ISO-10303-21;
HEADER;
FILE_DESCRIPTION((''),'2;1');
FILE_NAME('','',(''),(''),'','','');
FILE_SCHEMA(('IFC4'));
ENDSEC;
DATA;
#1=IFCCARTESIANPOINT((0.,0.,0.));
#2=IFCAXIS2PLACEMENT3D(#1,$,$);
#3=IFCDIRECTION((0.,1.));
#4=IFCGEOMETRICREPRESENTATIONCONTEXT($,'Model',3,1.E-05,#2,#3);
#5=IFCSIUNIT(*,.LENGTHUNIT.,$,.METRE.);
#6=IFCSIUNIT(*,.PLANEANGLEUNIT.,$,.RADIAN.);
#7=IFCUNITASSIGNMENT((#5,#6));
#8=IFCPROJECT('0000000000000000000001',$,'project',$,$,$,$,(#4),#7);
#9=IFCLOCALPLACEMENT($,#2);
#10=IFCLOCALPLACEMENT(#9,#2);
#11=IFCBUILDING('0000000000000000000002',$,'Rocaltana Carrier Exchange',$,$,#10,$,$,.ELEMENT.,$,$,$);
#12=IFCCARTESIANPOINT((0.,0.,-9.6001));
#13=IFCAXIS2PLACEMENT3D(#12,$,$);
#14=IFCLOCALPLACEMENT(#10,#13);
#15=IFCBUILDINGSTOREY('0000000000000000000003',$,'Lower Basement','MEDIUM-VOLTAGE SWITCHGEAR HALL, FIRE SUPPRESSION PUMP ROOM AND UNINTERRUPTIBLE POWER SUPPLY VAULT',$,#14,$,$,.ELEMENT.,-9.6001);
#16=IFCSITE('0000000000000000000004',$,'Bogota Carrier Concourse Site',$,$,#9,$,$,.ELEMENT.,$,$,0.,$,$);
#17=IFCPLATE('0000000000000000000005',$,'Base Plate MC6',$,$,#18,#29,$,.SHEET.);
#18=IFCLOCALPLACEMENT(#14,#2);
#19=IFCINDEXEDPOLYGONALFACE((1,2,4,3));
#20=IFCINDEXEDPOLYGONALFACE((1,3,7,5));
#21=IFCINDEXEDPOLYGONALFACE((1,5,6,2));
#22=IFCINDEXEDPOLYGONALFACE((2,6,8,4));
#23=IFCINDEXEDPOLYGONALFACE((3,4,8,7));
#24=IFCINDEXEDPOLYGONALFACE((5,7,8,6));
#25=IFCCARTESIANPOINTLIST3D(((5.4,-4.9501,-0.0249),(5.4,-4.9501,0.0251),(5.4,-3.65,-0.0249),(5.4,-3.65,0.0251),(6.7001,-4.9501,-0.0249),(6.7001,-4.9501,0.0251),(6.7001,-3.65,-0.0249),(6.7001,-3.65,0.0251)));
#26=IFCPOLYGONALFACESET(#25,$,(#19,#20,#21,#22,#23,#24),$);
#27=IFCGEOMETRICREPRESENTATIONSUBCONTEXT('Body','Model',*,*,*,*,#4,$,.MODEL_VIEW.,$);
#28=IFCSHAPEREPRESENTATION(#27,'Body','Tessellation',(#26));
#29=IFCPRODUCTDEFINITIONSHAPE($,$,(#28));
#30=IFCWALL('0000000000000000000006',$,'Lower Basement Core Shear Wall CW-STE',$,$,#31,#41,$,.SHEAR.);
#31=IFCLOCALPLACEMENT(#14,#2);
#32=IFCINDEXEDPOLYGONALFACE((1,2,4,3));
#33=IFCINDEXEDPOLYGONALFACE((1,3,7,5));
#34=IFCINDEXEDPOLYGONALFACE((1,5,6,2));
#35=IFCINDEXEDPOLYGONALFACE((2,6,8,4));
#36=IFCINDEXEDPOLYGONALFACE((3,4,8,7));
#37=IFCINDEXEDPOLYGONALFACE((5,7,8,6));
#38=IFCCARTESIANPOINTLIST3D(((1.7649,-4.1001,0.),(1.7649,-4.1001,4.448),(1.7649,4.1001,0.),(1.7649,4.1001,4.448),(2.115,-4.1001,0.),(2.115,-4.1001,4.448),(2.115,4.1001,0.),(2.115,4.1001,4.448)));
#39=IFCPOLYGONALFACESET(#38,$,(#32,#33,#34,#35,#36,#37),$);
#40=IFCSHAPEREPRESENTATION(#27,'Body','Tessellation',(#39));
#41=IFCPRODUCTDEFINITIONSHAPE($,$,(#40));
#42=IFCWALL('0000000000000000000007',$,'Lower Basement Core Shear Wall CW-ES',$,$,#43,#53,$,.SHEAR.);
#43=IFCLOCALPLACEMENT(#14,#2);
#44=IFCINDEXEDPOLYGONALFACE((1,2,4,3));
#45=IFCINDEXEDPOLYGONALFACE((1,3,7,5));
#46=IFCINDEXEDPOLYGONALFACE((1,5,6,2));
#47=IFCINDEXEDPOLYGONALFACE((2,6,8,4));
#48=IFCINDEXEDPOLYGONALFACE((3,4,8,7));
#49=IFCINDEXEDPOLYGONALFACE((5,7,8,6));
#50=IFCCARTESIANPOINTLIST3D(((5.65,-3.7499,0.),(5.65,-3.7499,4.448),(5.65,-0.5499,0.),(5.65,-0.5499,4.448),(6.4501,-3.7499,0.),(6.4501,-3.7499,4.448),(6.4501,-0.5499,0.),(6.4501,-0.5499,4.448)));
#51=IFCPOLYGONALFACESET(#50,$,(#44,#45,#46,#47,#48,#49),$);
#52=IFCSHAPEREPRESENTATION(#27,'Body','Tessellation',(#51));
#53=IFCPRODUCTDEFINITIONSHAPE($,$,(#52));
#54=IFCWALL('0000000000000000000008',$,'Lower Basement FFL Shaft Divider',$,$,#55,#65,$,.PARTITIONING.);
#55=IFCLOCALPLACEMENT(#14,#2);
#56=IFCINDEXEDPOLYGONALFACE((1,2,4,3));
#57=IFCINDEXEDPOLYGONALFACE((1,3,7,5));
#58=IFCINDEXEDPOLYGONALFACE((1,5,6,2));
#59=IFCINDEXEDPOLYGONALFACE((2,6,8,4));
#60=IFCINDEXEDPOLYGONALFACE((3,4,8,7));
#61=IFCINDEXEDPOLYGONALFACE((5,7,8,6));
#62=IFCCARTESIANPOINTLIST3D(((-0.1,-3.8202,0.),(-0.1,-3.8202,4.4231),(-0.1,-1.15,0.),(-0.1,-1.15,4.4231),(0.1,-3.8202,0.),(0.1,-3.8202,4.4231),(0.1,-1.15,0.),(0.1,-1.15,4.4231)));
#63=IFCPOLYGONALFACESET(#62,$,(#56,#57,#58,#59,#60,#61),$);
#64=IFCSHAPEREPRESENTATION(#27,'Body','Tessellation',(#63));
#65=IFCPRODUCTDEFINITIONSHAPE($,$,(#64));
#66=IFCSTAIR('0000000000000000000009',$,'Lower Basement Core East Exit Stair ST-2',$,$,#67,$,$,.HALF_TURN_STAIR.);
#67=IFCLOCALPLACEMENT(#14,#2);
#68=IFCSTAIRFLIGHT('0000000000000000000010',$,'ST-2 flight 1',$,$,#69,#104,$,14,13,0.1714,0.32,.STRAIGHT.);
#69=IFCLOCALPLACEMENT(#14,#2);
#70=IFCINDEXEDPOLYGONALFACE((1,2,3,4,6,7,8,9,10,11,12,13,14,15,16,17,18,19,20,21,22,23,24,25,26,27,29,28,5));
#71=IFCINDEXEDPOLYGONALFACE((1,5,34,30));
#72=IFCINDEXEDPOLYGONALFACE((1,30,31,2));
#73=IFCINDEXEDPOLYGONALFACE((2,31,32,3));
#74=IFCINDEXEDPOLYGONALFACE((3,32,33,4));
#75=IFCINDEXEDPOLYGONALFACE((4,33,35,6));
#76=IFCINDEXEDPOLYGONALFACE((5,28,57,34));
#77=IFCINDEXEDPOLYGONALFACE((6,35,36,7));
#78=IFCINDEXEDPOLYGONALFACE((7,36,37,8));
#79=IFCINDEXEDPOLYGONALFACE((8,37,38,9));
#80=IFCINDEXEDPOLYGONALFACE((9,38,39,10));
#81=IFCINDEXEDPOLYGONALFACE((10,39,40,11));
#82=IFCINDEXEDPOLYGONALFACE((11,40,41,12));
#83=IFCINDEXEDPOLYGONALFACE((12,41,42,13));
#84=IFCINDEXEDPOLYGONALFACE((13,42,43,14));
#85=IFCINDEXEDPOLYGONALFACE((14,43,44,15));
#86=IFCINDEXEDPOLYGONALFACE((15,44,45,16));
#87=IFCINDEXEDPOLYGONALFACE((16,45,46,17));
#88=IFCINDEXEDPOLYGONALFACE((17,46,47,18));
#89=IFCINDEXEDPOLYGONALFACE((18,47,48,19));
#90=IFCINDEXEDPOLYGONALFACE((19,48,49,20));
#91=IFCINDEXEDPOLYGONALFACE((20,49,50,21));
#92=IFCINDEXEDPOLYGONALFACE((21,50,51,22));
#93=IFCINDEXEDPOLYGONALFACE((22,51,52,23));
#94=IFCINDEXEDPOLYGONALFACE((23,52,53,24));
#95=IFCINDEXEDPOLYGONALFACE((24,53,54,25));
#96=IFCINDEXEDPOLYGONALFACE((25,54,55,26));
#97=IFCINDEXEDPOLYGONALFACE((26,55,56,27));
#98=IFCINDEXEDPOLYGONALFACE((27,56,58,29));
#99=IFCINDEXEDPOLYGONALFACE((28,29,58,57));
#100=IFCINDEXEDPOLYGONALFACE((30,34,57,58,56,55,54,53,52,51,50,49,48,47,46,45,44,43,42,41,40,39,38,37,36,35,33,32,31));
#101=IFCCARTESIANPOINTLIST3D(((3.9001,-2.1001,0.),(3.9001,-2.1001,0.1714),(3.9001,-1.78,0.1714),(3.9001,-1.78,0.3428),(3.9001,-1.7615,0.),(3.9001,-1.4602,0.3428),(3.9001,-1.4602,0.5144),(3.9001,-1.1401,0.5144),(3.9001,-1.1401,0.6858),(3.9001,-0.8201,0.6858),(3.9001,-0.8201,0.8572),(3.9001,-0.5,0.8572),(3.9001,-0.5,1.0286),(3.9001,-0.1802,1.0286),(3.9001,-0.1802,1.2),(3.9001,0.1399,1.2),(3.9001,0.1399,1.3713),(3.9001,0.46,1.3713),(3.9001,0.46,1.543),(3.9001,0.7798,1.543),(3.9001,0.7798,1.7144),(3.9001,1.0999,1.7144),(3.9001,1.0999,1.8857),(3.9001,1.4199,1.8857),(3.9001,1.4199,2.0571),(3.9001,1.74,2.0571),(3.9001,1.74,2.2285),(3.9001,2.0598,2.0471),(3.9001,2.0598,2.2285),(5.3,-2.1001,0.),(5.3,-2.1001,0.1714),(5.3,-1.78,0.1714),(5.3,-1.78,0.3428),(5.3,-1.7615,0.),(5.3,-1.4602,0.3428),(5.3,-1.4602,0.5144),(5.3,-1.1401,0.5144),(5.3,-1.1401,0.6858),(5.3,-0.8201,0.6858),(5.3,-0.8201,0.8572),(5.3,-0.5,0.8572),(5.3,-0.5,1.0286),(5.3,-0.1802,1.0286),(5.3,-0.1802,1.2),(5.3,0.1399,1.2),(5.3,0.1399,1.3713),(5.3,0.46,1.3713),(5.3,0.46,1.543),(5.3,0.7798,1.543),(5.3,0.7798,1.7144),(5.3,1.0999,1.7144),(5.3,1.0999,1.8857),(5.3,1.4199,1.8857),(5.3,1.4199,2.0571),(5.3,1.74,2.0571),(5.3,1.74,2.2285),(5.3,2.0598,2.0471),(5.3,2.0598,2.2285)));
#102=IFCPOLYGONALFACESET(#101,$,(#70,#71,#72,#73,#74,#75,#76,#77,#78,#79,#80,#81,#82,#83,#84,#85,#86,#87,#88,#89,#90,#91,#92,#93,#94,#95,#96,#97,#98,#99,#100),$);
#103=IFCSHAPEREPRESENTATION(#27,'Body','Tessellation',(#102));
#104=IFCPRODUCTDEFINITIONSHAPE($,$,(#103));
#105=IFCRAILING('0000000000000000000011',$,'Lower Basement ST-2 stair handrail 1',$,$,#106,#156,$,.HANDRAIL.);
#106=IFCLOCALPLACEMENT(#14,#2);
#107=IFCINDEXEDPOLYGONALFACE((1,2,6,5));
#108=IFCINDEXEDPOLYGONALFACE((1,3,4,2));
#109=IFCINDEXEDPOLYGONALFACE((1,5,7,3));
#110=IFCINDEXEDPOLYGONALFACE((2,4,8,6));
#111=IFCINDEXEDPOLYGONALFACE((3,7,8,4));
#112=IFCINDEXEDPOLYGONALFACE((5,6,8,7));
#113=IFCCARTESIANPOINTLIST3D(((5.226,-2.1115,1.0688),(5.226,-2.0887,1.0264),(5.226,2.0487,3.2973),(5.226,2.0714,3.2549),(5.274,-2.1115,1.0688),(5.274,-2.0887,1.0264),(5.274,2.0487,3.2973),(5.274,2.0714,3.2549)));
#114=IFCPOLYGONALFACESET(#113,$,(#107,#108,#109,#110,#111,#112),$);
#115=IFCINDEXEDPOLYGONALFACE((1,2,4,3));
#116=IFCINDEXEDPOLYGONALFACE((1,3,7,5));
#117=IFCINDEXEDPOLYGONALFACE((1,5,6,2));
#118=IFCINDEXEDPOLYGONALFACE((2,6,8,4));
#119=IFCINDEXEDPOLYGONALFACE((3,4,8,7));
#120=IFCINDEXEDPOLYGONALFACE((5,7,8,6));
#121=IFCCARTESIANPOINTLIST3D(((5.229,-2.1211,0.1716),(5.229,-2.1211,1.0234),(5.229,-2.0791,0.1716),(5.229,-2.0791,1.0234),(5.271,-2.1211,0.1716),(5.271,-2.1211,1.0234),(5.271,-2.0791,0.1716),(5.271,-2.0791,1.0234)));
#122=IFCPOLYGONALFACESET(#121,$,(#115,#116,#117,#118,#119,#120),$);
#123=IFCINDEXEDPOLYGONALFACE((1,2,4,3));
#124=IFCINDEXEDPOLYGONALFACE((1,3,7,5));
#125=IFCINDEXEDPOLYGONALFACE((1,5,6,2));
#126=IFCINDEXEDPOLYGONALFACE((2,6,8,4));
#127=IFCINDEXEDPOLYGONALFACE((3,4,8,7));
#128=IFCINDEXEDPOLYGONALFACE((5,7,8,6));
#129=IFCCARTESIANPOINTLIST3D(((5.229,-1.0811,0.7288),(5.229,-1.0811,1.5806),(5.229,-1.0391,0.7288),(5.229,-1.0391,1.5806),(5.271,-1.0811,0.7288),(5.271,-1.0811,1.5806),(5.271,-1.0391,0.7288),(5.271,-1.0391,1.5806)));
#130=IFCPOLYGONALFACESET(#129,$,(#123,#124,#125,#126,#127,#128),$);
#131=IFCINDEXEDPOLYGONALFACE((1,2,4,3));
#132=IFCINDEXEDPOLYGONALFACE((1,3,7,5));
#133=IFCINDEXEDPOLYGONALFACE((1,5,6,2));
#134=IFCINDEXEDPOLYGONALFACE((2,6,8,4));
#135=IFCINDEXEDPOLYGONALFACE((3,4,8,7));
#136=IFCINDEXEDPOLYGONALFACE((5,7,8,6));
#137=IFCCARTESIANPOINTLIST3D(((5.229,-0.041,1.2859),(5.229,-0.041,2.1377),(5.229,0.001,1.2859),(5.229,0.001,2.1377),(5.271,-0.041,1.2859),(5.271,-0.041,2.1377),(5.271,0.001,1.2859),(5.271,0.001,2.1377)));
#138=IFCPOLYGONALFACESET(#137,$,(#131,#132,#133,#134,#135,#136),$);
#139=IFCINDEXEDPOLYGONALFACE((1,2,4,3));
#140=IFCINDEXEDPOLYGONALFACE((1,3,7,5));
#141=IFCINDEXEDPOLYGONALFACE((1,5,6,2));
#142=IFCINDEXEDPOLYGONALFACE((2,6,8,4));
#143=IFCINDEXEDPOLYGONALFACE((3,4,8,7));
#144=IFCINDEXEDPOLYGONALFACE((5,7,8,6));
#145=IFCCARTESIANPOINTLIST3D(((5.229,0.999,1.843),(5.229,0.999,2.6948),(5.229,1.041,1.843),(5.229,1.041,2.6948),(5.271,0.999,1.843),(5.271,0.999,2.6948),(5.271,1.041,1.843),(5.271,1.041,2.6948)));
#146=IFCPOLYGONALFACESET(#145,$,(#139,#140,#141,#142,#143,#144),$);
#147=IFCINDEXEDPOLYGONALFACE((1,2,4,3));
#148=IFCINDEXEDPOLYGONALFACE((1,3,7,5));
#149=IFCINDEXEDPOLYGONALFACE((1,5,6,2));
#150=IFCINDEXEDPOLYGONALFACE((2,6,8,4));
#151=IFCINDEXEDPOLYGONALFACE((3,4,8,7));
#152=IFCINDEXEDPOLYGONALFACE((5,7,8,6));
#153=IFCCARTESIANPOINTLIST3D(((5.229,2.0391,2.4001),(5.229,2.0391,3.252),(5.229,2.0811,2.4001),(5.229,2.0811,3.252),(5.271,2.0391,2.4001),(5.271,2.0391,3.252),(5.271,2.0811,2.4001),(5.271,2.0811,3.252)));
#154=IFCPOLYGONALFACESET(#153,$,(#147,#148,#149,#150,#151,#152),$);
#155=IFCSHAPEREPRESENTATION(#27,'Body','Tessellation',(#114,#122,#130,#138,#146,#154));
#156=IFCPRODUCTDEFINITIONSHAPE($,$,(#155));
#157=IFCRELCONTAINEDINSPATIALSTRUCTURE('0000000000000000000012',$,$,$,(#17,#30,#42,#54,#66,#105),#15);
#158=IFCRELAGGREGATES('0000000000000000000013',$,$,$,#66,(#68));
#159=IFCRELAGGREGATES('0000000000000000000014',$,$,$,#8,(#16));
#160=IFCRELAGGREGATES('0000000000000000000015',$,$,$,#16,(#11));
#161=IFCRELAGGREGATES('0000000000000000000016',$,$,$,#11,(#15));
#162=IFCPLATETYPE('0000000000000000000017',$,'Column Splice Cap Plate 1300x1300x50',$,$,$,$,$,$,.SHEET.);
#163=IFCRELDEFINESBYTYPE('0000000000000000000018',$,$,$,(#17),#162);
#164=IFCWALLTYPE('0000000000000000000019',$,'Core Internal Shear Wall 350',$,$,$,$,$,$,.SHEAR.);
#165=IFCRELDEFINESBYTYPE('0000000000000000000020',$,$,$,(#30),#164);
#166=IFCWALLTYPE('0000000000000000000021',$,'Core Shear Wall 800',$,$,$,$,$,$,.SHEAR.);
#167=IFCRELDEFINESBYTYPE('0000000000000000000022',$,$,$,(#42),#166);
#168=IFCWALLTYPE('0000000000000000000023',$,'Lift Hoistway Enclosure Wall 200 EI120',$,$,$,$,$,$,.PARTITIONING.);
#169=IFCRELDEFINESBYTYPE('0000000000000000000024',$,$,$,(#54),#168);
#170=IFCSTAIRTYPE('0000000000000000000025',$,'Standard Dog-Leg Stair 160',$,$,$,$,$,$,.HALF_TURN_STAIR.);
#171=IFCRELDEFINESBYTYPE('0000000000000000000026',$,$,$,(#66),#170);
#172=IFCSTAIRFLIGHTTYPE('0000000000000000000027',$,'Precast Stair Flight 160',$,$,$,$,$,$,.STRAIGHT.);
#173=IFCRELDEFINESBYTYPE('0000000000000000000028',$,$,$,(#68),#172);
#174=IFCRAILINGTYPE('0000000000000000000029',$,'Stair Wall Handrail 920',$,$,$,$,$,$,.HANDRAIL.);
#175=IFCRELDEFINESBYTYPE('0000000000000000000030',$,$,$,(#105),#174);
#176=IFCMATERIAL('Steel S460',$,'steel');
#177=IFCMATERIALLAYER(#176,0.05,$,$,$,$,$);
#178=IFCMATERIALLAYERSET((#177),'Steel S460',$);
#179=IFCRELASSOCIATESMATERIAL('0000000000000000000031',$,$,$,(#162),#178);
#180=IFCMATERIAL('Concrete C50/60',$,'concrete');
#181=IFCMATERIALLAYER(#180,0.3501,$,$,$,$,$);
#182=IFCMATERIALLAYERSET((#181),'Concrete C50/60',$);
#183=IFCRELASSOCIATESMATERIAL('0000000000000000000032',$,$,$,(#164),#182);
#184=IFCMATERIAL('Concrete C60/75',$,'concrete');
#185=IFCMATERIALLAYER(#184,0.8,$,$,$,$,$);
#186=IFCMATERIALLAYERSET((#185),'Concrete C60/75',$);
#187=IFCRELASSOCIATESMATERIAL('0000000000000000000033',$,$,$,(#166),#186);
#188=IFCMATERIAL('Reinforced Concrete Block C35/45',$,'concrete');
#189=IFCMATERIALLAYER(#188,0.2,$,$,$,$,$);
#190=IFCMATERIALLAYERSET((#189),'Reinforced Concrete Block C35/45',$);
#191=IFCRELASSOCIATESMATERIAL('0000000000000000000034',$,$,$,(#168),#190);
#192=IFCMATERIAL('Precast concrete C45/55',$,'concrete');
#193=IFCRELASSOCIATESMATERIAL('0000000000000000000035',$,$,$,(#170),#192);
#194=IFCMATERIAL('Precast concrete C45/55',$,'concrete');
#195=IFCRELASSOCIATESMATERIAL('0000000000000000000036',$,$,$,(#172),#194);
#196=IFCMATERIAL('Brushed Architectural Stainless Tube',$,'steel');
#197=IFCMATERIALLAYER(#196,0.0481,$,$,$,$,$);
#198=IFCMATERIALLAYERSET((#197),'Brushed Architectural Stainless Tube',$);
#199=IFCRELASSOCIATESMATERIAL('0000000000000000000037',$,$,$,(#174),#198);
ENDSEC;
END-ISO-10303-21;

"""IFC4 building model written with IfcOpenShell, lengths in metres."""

from ifc_helpers import new_model, si_unit, direction, frame, frame_2d, origin, origin_2d, place, context, subcontext, project, spatial, polyline, rectangle, outline, extrude, material, layer, layer_set, type_object, element, aggregate, save


model = new_model("IFC4")

# Units and contexts
model_context = context("Model", 3, precision=1e-05, world=origin(), true_north=direction((0.0, 1.0)))
body_context = subcontext(model_context, "Body", "Model", "MODEL_VIEW")
ifc_project = project(units=[si_unit("LENGTHUNIT", "METRE"), si_unit("PLANEANGLEUNIT", "RADIAN")], contexts=[model_context])

# Site, building, storey
site_placement = place(None, origin())
site = spatial("IfcSite", under=ifc_project, at=site_placement, Name="Bogota Carrier Concourse Site", CompositionType="ELEMENT", RefElevation=0.0)
building_placement = place(site_placement, origin())
building = spatial("IfcBuilding", under=site, at=building_placement, Name="Rocaltana Carrier Exchange", CompositionType="ELEMENT")
storey_placement = place(building_placement, frame((0.0, 0.0, -9.6001)))
storey = spatial("IfcBuildingStorey", under=building, at=storey_placement, Name="Lower Basement", Description="MEDIUM-VOLTAGE SWITCHGEAR HALL, FIRE SUPPRESSION PUMP ROOM AND UNINTERRUPTIBLE POWER SUPPLY VAULT", CompositionType="ELEMENT", Elevation=-9.6001)

# Plate
ifc_material_1 = material(Name="Steel S460", Category="steel")
ifc_layer_1 = layer(ifc_material_1, 0.05)
ifc_layer_set_1 = layer_set([ifc_layer_1], Name="Steel S460")
plate_type = type_object("IfcPlateType", Name="Column Splice Cap Plate 1300x1300x50", PredefinedType="SHEET", material=ifc_layer_set_1)
plate_placement = place(storey_placement, frame((6.05, -4.3, -0.0249), z_axis=(0.0, 0.0, 1.0), x_axis=(1.0, 0.0, 0.0)))
element("IfcPlate", 1, at=plate_placement, inside=storey, type_object=plate_type, Name="Base Plate MC6", PredefinedType="SHEET", context=body_context, shape_type="SweptSolid", body=[
    extrude(rectangle(XDim=1.3, YDim=1.3, at=origin_2d()), origin(), (0.0, 0.0, 1.0), 0.05),
])

# Walls
ifc_material_2 = material(Name="Concrete C50/60", Category="concrete")
ifc_layer_2 = layer(ifc_material_2, 0.3501)
ifc_layer_set_2 = layer_set([ifc_layer_2], Name="Concrete C50/60")
wall_type_1 = type_object("IfcWallType", Name="Core Internal Shear Wall 350", PredefinedType="SHEAR", material=ifc_layer_set_2)
wall_1_placement = place(storey_placement, frame((1.9399, -4.1001, 0.0), z_axis=(0.0, 0.0, 1.0), x_axis=(0.0, 1.0, 0.0)))
element("IfcWall", 2, at=wall_1_placement, inside=storey, type_object=wall_type_1, Name="Lower Basement Core Shear Wall CW-STE", PredefinedType="SHEAR", context=body_context, shape_type="SweptSolid", body=[
    extrude(rectangle(XDim=8.2002, YDim=0.3501, at=frame_2d((4.1001, 0.0))), origin(), (0.0, 0.0, 1.0), 4.448),
])
ifc_material_3 = material(Name="Concrete C60/75", Category="concrete")
ifc_layer_3 = layer(ifc_material_3, 0.8)
ifc_layer_set_3 = layer_set([ifc_layer_3], Name="Concrete C60/75")
wall_type_2 = type_object("IfcWallType", Name="Core Shear Wall 800", PredefinedType="SHEAR", material=ifc_layer_set_3)
wall_2_placement = place(storey_placement, frame((6.05, -3.75, 0.0), z_axis=(0.0, 0.0, 1.0), x_axis=(0.0, 1.0, 0.0)))
element("IfcWall", 3, at=wall_2_placement, inside=storey, type_object=wall_type_2, Name="Lower Basement Core Shear Wall CW-ES", PredefinedType="SHEAR", context=body_context, shape_type="SweptSolid", body=[
    extrude(rectangle(XDim=3.2, YDim=0.8, at=frame_2d((1.6001, 0.0))), origin(), (0.0, 0.0, 1.0), 4.448),
])
ifc_material_4 = material(Name="Reinforced Concrete Block C35/45", Category="concrete")
ifc_layer_4 = layer(ifc_material_4, 0.2)
ifc_layer_set_4 = layer_set([ifc_layer_4], Name="Reinforced Concrete Block C35/45")
wall_type_3 = type_object("IfcWallType", Name="Lift Hoistway Enclosure Wall 200 EI120", PredefinedType="PARTITIONING", material=ifc_layer_set_4)
wall_3_placement = place(storey_placement, frame((0.0, -3.8201, 0.0), z_axis=(0.0, 0.0, 1.0), x_axis=(0.0, 1.0, 0.0)))
element("IfcWall", 4, at=wall_3_placement, inside=storey, type_object=wall_type_3, Name="Lower Basement FFL Shaft Divider", PredefinedType="PARTITIONING", context=body_context, shape_type="SweptSolid", body=[
    extrude(rectangle(XDim=2.6702, YDim=0.2, at=frame_2d((1.335, 0.0))), origin(), (0.0, 0.0, 1.0), 4.4231),
])

# Stair, stair flight
ifc_material_5 = material(Name="Precast concrete C45/55", Category="concrete")
stair_type = type_object("IfcStairType", Name="Standard Dog-Leg Stair 160", PredefinedType="HALF_TURN_STAIR", material=ifc_material_5)
stair_placement = place(storey_placement, origin())
stair = element("IfcStair", 5, at=stair_placement, inside=storey, type_object=stair_type, Name="Lower Basement Core East Exit Stair ST-2", PredefinedType="HALF_TURN_STAIR")
ifc_material_6 = material(Name="Precast concrete C45/55", Category="concrete")
stair_flight_type = type_object("IfcStairFlightType", Name="Precast Stair Flight 160", PredefinedType="STRAIGHT", material=ifc_material_6)
stair_flight_placement = place(storey_placement, frame((4.6001, -2.1001, 0.0), z_axis=(0.0, 0.0, 1.0), x_axis=(0.0, 1.0, 0.0)))
stair_flight = element("IfcStairFlight", 6, at=stair_flight_placement, type_object=stair_flight_type, Name="ST-2 flight 1", NumberOfRisers=14, NumberOfTreads=13, PredefinedType="STRAIGHT", RiserHeight=0.1714, TreadLength=0.32, context=body_context, shape_type="SweptSolid", body=[
    extrude(outline(polyline([(0.0, 0.0), (0.0, 0.1714), (0.3201, 0.1714), (0.3201, 0.3428), (0.6399, 0.3428), (0.6399, 0.5144), (0.96, 0.5144), (0.96, 0.6858), (1.28, 0.6858), (1.28, 0.8572), (1.6001, 0.8572), (1.6001, 1.0286), (1.9199, 1.0286), (1.9199, 1.2), (2.24, 1.2), (2.24, 1.3713), (2.5601, 1.3713), (2.5601, 1.543), (2.8799, 1.543), (2.8799, 1.7144), (3.2, 1.7144), (3.2, 1.8857), (3.52, 1.8857), (3.52, 2.0571), (3.8401, 2.0571), (3.8401, 2.2285), (4.1599, 2.2285), (4.1599, 2.3999), (4.1599, 2.0471), (0.3386, 0.0), (0.0, 0.0)])), frame((0.0, 0.7, 0.0), z_axis=(0.0, -1.0, 0.0), x_axis=(1.0, 0.0, 0.0)), (0.0, 0.0, 1.0), 1.3999),
])
aggregate(stair, [stair_flight])

# Railing
ifc_material_7 = material(Name="Brushed Architectural Stainless Tube", Category="steel")
ifc_layer_5 = layer(ifc_material_7, 0.0481)
ifc_layer_set_5 = layer_set([ifc_layer_5], Name="Brushed Architectural Stainless Tube")
railing_type_1 = type_object("IfcRailingType", Name="Stair Wall Handrail 920", PredefinedType="HANDRAIL", material=ifc_layer_set_5)
railing_1_placement = place(storey_placement, frame((5.25, -2.1001, 0.1716)))
element("IfcRailing", 7, at=railing_1_placement, inside=storey, type_object=railing_type_1, Name="Lower Basement ST-2 stair handrail 1", PredefinedType="HANDRAIL", context=body_context, shape_type="SweptSolid", body=[
    extrude(rectangle(XDim=0.0481, YDim=0.0481, at=origin_2d()), frame((0.0, 0.0, 0.876), z_axis=(0.0, 0.881492, 0.472198), x_axis=(-1.0, 0.0, 0.0)), (0.0, 0.0, 1.0), 4.7195),
    extrude(rectangle(XDim=0.042, YDim=0.042, at=origin_2d()), origin(), (0.0, 0.0, 1.0), 0.8518),
    extrude(rectangle(XDim=0.042, YDim=0.042, at=origin_2d()), frame((0.0, 1.04, 0.5571)), (0.0, 0.0, 1.0), 0.8518),
    extrude(rectangle(XDim=0.042, YDim=0.042, at=origin_2d()), frame((0.0, 2.0801, 1.1143)), (0.0, 0.0, 1.0), 0.8518),
    extrude(rectangle(XDim=0.042, YDim=0.042, at=origin_2d()), frame((0.0, 3.1201, 1.6714)), (0.0, 0.0, 1.0), 0.8518),
    extrude(rectangle(XDim=0.042, YDim=0.042, at=origin_2d()), frame((0.0, 4.1602, 2.2285)), (0.0, 0.0, 1.0), 0.8518),
])

save(model, "model.ifc")
